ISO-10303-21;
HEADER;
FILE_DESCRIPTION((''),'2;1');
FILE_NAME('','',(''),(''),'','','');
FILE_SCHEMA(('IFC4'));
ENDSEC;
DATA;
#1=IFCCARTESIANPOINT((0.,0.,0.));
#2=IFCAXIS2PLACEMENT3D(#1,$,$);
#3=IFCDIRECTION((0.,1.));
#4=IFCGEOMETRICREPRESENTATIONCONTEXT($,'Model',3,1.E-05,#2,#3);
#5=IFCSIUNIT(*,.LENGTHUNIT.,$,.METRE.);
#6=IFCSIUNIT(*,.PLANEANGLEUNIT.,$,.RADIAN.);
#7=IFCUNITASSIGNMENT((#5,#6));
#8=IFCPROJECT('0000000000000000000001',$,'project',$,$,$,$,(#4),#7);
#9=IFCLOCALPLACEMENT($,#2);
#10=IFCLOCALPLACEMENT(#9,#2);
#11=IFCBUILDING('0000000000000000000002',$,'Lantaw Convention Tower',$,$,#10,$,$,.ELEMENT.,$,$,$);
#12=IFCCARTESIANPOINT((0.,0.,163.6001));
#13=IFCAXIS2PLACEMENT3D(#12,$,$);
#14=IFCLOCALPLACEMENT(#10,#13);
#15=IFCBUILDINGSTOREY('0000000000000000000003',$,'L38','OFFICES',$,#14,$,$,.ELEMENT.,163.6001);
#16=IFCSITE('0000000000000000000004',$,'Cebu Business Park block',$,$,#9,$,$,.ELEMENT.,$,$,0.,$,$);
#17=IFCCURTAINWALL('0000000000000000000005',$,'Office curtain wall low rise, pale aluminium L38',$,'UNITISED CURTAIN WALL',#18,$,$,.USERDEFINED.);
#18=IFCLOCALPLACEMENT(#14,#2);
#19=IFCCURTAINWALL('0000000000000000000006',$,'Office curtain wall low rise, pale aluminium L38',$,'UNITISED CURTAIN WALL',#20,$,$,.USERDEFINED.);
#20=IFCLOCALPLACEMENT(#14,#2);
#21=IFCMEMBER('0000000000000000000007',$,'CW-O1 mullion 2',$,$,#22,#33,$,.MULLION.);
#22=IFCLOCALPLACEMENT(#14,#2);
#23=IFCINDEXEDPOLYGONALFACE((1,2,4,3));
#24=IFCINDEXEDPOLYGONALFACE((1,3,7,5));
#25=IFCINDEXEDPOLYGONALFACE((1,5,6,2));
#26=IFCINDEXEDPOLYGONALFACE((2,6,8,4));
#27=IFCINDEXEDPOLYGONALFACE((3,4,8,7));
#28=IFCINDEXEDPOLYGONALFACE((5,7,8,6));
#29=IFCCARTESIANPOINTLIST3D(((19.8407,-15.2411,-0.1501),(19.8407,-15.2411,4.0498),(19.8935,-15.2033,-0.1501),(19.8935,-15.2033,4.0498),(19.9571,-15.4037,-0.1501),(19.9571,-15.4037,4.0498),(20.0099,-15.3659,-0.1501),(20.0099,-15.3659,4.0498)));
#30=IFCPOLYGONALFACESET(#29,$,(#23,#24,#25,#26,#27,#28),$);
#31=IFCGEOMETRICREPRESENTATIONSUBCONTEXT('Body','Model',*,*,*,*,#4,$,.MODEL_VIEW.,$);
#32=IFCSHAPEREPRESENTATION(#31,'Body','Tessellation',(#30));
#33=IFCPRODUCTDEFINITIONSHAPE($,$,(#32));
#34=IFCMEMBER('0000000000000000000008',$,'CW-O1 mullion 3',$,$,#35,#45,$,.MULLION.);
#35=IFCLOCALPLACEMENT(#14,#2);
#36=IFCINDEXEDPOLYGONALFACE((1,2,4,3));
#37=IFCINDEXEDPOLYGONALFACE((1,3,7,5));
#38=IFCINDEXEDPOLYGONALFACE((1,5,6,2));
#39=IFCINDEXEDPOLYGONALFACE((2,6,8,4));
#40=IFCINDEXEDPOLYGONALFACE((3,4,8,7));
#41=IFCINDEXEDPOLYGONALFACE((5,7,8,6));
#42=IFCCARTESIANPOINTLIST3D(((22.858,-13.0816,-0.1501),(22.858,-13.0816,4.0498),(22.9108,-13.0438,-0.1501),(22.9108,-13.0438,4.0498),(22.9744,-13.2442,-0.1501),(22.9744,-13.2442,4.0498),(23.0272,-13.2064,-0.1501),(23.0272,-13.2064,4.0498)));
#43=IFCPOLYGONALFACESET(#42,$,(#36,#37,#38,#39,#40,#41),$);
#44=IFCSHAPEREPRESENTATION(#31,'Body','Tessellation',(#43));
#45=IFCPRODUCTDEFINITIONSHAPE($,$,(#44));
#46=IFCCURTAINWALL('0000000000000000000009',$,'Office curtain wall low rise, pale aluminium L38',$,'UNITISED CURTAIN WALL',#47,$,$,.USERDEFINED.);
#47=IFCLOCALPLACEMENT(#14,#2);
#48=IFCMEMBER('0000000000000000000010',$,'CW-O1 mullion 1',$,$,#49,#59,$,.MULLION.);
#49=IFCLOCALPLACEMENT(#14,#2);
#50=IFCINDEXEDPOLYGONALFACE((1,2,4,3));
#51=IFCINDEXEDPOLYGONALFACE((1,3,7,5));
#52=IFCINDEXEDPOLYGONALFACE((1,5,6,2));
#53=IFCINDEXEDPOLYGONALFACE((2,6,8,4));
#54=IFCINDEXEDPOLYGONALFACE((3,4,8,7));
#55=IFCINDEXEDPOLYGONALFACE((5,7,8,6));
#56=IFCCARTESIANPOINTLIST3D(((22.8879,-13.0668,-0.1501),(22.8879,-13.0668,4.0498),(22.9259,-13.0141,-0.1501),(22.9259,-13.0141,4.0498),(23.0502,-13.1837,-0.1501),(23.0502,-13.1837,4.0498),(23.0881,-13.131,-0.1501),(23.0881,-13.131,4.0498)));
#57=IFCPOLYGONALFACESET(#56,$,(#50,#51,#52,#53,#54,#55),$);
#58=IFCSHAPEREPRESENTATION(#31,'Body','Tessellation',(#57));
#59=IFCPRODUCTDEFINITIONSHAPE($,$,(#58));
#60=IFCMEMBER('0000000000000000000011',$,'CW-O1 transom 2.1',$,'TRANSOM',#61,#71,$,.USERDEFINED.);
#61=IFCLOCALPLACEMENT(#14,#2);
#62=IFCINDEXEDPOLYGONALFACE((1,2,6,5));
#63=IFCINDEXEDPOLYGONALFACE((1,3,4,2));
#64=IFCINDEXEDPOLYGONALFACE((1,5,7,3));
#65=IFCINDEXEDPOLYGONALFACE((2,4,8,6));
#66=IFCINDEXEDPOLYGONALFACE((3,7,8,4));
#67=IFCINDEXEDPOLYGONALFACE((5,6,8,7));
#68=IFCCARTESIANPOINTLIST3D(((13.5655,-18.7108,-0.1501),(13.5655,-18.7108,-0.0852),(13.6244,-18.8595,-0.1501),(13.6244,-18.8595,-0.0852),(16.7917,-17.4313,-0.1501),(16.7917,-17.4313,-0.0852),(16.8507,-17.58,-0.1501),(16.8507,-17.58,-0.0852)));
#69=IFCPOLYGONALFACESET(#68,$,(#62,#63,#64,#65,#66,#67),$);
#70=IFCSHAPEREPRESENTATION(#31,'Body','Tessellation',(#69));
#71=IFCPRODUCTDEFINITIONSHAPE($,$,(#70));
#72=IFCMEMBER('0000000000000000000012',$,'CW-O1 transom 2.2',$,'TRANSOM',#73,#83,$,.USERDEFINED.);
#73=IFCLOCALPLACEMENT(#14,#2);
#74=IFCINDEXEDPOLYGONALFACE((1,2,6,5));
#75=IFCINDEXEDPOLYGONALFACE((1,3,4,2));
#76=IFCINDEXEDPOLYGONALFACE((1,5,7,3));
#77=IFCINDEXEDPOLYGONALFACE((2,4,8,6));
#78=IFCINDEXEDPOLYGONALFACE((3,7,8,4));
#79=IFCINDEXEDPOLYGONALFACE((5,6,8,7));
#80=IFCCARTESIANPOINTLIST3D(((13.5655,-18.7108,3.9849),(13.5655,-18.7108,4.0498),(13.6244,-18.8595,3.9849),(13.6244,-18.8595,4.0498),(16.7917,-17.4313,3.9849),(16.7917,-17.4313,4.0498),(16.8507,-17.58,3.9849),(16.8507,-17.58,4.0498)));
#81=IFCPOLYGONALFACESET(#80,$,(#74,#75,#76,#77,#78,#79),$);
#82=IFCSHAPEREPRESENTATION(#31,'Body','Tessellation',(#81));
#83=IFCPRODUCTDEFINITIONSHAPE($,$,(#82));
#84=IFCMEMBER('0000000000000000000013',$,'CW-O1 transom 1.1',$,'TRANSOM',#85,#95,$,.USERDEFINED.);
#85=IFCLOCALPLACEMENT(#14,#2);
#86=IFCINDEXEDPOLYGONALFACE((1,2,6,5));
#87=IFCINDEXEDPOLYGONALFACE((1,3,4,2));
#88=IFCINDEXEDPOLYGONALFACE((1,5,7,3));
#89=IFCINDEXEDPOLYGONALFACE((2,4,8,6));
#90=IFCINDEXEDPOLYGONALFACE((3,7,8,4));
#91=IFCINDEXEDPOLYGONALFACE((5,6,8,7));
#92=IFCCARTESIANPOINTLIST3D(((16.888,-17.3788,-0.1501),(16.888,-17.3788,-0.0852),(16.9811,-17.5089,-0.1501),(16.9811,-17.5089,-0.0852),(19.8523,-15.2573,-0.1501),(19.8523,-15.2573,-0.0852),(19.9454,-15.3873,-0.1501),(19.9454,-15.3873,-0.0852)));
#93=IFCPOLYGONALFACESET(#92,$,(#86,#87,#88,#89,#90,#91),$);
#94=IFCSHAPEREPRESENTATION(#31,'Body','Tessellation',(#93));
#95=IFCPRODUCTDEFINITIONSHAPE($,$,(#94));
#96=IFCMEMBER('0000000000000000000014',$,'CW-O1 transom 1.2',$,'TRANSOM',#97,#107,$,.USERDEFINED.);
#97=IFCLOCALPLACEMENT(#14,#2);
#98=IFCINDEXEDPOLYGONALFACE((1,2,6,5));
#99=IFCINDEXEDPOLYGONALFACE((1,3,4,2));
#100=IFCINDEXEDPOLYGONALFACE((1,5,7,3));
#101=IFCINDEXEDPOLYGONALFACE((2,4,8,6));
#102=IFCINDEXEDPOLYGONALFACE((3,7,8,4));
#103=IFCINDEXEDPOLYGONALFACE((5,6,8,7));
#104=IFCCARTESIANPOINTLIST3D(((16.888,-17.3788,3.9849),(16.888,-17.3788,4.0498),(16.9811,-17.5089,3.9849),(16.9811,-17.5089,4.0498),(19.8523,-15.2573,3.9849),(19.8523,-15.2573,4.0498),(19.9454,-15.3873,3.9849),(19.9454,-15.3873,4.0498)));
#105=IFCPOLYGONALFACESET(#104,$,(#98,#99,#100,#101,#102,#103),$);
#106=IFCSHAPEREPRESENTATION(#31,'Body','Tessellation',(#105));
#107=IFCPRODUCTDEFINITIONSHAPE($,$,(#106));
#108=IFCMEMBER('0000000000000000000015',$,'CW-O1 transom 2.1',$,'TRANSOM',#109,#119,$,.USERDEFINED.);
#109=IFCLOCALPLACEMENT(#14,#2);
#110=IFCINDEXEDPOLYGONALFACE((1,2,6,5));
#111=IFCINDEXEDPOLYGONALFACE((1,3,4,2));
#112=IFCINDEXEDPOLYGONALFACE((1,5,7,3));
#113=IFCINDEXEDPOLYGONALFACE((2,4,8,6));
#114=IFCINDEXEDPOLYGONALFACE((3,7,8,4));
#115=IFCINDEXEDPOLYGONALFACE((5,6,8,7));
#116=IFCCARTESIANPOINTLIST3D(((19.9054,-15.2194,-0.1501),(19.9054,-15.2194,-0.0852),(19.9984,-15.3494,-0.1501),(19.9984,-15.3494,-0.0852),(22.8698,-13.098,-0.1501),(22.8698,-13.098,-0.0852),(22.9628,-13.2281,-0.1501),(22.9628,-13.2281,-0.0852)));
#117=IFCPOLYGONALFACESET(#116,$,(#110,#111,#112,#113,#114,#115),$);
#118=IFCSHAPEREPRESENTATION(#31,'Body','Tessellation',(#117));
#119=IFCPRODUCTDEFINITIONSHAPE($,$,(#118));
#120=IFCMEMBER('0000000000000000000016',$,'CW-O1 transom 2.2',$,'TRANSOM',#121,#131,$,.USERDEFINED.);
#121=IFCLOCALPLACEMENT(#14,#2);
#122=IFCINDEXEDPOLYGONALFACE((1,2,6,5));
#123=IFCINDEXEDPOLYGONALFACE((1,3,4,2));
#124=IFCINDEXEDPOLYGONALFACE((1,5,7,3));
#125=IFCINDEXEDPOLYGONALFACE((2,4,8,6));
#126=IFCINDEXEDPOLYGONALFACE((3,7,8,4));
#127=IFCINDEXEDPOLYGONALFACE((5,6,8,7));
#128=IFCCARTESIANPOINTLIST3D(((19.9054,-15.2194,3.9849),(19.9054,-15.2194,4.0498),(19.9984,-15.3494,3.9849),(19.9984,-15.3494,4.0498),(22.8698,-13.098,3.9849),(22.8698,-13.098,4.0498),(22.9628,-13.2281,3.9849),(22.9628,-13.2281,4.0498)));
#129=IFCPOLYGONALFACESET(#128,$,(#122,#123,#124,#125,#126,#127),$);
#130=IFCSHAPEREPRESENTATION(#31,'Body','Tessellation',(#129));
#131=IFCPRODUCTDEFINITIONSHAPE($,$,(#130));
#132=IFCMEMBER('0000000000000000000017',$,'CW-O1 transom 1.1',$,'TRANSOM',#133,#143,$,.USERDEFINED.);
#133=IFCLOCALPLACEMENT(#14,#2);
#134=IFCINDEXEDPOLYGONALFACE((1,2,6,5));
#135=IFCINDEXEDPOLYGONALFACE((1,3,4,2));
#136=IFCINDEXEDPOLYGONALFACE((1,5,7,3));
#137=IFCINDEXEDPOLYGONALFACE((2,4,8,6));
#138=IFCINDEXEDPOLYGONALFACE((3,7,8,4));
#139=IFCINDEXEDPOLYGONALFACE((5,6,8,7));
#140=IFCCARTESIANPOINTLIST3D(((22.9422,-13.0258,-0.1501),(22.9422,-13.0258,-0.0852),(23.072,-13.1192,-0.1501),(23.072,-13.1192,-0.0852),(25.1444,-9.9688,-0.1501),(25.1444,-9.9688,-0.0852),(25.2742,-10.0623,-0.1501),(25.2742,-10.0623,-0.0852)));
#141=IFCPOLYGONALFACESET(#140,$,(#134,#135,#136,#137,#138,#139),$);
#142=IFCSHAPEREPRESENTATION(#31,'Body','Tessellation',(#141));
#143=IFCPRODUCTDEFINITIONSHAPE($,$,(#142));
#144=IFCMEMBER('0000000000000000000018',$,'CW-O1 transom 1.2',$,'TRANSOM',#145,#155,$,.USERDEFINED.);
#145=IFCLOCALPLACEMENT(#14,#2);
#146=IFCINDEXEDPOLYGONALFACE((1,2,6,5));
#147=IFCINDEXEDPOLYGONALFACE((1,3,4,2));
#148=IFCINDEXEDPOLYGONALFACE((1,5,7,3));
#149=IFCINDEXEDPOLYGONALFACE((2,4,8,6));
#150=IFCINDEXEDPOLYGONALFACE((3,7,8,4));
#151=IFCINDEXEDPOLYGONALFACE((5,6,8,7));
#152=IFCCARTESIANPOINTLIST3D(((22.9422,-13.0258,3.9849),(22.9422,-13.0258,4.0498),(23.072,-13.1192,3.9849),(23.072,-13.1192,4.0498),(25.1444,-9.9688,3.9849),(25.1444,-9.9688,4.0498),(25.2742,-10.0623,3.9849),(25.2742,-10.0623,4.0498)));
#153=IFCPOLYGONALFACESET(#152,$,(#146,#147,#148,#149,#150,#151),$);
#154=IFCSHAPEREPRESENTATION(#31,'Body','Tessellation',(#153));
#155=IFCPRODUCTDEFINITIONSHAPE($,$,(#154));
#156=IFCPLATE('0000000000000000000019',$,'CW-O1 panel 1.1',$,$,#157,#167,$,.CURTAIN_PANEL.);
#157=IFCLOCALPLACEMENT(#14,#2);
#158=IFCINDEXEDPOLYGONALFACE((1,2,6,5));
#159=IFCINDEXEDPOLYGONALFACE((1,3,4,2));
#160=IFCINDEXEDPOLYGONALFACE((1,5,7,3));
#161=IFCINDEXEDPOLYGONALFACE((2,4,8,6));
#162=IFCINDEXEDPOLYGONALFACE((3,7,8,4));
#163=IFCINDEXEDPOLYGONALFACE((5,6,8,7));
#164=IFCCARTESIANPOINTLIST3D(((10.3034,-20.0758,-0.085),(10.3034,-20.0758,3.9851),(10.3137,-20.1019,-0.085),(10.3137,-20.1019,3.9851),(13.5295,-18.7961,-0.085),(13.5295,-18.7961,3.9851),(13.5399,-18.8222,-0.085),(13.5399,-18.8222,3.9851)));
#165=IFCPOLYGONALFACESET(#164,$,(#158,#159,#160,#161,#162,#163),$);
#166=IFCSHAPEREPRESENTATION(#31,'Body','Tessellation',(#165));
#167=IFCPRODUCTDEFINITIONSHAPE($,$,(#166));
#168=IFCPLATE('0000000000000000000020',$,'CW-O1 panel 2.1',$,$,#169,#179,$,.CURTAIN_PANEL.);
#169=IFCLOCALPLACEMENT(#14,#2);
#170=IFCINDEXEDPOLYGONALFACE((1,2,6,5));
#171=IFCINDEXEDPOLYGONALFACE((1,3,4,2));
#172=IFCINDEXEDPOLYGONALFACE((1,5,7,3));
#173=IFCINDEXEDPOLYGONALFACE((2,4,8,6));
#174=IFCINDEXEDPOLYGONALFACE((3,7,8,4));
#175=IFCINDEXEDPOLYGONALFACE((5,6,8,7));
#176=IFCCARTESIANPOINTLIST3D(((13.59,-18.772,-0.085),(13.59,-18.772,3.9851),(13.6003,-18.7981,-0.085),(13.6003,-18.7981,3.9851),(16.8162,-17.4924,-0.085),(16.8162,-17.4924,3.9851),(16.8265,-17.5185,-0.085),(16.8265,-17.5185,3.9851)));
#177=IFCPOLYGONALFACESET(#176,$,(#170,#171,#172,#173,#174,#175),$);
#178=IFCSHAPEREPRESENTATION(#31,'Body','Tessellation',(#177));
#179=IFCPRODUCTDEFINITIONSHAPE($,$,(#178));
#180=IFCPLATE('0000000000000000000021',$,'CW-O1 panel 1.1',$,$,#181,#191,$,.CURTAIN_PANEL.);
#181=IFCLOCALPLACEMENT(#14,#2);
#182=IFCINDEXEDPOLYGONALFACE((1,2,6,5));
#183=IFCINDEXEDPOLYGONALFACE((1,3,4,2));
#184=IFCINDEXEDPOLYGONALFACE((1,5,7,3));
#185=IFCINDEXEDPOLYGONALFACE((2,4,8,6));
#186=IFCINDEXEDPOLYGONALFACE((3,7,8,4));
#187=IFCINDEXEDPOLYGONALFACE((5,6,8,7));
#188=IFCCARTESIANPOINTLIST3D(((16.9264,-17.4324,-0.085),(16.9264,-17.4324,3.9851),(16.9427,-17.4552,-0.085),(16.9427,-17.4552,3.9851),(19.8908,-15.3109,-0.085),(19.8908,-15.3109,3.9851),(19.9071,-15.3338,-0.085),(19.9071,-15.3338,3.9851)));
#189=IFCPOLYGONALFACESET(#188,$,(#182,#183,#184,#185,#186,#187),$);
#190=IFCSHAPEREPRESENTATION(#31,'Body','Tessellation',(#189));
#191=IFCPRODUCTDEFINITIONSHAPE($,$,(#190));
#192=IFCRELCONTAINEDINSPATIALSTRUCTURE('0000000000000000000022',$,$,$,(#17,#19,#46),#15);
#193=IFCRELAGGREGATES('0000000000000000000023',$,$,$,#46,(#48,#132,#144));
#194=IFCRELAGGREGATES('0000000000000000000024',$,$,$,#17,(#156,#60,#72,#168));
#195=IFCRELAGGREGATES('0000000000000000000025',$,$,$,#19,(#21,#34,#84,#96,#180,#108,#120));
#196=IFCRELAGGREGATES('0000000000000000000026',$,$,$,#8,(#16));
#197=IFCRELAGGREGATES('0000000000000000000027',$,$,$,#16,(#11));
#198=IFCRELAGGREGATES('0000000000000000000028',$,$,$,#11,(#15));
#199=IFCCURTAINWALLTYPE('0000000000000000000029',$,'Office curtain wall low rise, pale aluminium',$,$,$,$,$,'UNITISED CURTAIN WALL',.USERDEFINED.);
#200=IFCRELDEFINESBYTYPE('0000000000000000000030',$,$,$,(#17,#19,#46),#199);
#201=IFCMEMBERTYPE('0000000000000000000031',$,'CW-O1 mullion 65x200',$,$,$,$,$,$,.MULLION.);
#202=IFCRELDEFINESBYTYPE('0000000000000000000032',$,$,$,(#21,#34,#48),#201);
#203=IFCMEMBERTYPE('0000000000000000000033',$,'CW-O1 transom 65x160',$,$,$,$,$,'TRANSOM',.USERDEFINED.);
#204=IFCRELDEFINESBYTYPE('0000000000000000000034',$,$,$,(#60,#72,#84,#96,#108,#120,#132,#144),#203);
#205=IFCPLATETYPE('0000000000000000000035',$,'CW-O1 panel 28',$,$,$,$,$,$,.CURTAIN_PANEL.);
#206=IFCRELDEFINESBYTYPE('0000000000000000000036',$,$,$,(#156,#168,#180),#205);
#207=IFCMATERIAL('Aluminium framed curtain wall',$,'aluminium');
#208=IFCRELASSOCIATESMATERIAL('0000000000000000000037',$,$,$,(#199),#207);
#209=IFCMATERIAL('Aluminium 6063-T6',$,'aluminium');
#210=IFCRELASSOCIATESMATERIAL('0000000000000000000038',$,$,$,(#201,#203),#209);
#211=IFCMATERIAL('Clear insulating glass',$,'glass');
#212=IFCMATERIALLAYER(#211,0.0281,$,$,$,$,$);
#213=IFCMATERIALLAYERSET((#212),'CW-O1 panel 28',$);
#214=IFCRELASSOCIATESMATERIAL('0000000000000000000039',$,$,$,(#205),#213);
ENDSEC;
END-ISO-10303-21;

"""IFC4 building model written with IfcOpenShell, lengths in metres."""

from ifc_helpers import new_model, si_unit, direction, frame, origin, origin_2d, place, context, subcontext, project, spatial, rectangle, extrude, material, layer, layer_set, material_profile, profile_set, type_object, element, aggregate, save


model = new_model("IFC4")

# Units and contexts
model_context = context("Model", 3, precision=1e-05, world=origin(), true_north=direction((0.0, 1.0)))
body_context = subcontext(model_context, "Body", "Model", "MODEL_VIEW")
ifc_project = project(units=[si_unit("LENGTHUNIT", "METRE"), si_unit("PLANEANGLEUNIT", "RADIAN")], contexts=[model_context])

# Site, building, storey
site_placement = place(None, origin())
site = spatial("IfcSite", under=ifc_project, at=site_placement, Name="Cebu Business Park block", CompositionType="ELEMENT", RefElevation=0.0)
building_placement = place(site_placement, origin())
building = spatial("IfcBuilding", under=site, at=building_placement, Name="Lantaw Convention Tower", CompositionType="ELEMENT")
storey_placement = place(building_placement, frame((0.0, 0.0, 163.6001)))
storey = spatial("IfcBuildingStorey", under=building, at=storey_placement, Name="L38", Description="OFFICES", CompositionType="ELEMENT", Elevation=163.6001)

# Curtain walls, members
ifc_material_1 = material(Name="Aluminium framed curtain wall", Category="aluminium")
curtain_wall_type = type_object("IfcCurtainWallType", Name="Office curtain wall low rise, pale aluminium", ElementType="UNITISED CURTAIN WALL", PredefinedType="USERDEFINED", material=ifc_material_1)
curtain_wall_1_placement = place(storey_placement, origin())
curtain_wall_1 = element("IfcCurtainWall", 1, at=curtain_wall_1_placement, inside=storey, type_object=curtain_wall_type, Name="Office curtain wall low rise, pale aluminium L38", ObjectType="UNITISED CURTAIN WALL", PredefinedType="USERDEFINED")
ifc_material_2 = material(Name="Aluminium 6063-T6", Category="aluminium")
ifc_material_profile_1 = material_profile(ifc_material_2, rectangle(XDim=0.2, YDim=0.0649, at=origin_2d()), Name="CW-O1 mullion 65x200")
ifc_profile_set_1 = profile_set([ifc_material_profile_1], Name="Aluminium 6063-T6")
member_type_1 = type_object("IfcMemberType", Name="CW-O1 mullion 65x200", PredefinedType="MULLION", material=ifc_profile_set_1)
curtain_wall_2_placement = place(storey_placement, origin())
curtain_wall_2 = element("IfcCurtainWall", 2, at=curtain_wall_2_placement, inside=storey, type_object=curtain_wall_type, Name="Office curtain wall low rise, pale aluminium L38", ObjectType="UNITISED CURTAIN WALL", PredefinedType="USERDEFINED")
member_1_placement = place(storey_placement, frame((19.9253, -15.3035, -0.1501), z_axis=(0.0, 0.0, 1.0), x_axis=(-0.581973, 0.813208, 0.0)))
member_1 = element("IfcMember", 3, at=member_1_placement, type_object=member_type_1, Name="CW-O1 mullion 2", PredefinedType="MULLION", context=body_context, shape_type="SweptSolid", body=[
    extrude(rectangle(XDim=0.2, YDim=0.0649, at=origin_2d()), origin(), (0.0, 0.0, 1.0), 4.2),
])
member_2_placement = place(storey_placement, frame((22.9426, -13.144, -0.1501), z_axis=(0.0, 0.0, 1.0), x_axis=(-0.581973, 0.813208, 0.0)))
member_2 = element("IfcMember", 4, at=member_2_placement, type_object=member_type_1, Name="CW-O1 mullion 3", PredefinedType="MULLION", context=body_context, shape_type="SweptSolid", body=[
    extrude(rectangle(XDim=0.2, YDim=0.0649, at=origin_2d()), origin(), (0.0, 0.0, 1.0), 4.2),
])

# Curtain wall, member
curtain_wall_3_placement = place(storey_placement, origin())
curtain_wall_3 = element("IfcCurtainWall", 5, at=curtain_wall_3_placement, inside=storey, type_object=curtain_wall_type, Name="Office curtain wall low rise, pale aluminium L38", ObjectType="UNITISED CURTAIN WALL", PredefinedType="USERDEFINED")
member_3_placement = place(storey_placement, frame((22.988, -13.0989, -0.1501), z_axis=(0.0, 0.0, 1.0), x_axis=(-0.811385, 0.584513, 0.0)))
member_3 = element("IfcMember", 6, at=member_3_placement, type_object=member_type_1, Name="CW-O1 mullion 1", PredefinedType="MULLION", context=body_context, shape_type="SweptSolid", body=[
    extrude(rectangle(XDim=0.2, YDim=0.0649, at=origin_2d()), origin(), (0.0, 0.0, 1.0), 4.2),
])

# Members
ifc_material_profile_2 = material_profile(ifc_material_2, rectangle(XDim=0.1599, YDim=0.0649, at=origin_2d()), Name="CW-O1 transom 65x160")
ifc_profile_set_2 = profile_set([ifc_material_profile_2], Name="Aluminium 6063-T6")
member_type_2 = type_object("IfcMemberType", Name="CW-O1 transom 65x160", ElementType="TRANSOM", PredefinedType="USERDEFINED", material=ifc_profile_set_2)
member_4_placement = place(storey_placement, frame((13.595, -18.7852, -0.1177), z_axis=(0.929564, 0.36866, 0.0), x_axis=(-0.36866, 0.929564, 0.0)))
member_4 = element("IfcMember", 7, at=member_4_placement, type_object=member_type_2, Name="CW-O1 transom 2.1", ObjectType="TRANSOM", PredefinedType="USERDEFINED", context=body_context, shape_type="SweptSolid", body=[
    extrude(rectangle(XDim=0.1599, YDim=0.0649, at=origin_2d()), origin(), (0.0, 0.0, 1.0), 3.4707),
])
member_5_placement = place(storey_placement, frame((13.595, -18.7852, 4.0173), z_axis=(0.929564, 0.36866, 0.0), x_axis=(-0.36866, 0.929564, 0.0)))
member_5 = element("IfcMember", 8, at=member_5_placement, type_object=member_type_2, Name="CW-O1 transom 2.2", ObjectType="TRANSOM", PredefinedType="USERDEFINED", context=body_context, shape_type="SweptSolid", body=[
    extrude(rectangle(XDim=0.1599, YDim=0.0649, at=origin_2d()), origin(), (0.0, 0.0, 1.0), 3.4707),
])
member_6_placement = place(storey_placement, frame((16.9346, -17.4438, -0.1177), z_axis=(0.81319, 0.581998, 0.0), x_axis=(-0.581998, 0.81319, 0.0)))
member_6 = element("IfcMember", 9, at=member_6_placement, type_object=member_type_2, Name="CW-O1 transom 1.1", ObjectType="TRANSOM", PredefinedType="USERDEFINED", context=body_context, shape_type="SweptSolid", body=[
    extrude(rectangle(XDim=0.1599, YDim=0.0649, at=origin_2d()), origin(), (0.0, 0.0, 1.0), 3.6453),
])
member_7_placement = place(storey_placement, frame((16.9346, -17.4438, 4.0173), z_axis=(0.81319, 0.581998, 0.0), x_axis=(-0.581998, 0.81319, 0.0)))
member_7 = element("IfcMember", 10, at=member_7_placement, type_object=member_type_2, Name="CW-O1 transom 1.2", ObjectType="TRANSOM", PredefinedType="USERDEFINED", context=body_context, shape_type="SweptSolid", body=[
    extrude(rectangle(XDim=0.1599, YDim=0.0649, at=origin_2d()), origin(), (0.0, 0.0, 1.0), 3.6453),
])
member_8_placement = place(storey_placement, frame((19.9519, -15.2844, -0.1177), z_axis=(0.813222, 0.581954, 0.0), x_axis=(-0.581954, 0.813222, 0.0)))
member_8 = element("IfcMember", 11, at=member_8_placement, type_object=member_type_2, Name="CW-O1 transom 2.1", ObjectType="TRANSOM", PredefinedType="USERDEFINED", context=body_context, shape_type="SweptSolid", body=[
    extrude(rectangle(XDim=0.1599, YDim=0.0649, at=origin_2d()), origin(), (0.0, 0.0, 1.0), 3.6453),
])
member_9_placement = place(storey_placement, frame((19.9519, -15.2844, 4.0173), z_axis=(0.813222, 0.581954, 0.0), x_axis=(-0.581954, 0.813222, 0.0)))
member_9 = element("IfcMember", 12, at=member_9_placement, type_object=member_type_2, Name="CW-O1 transom 2.2", ObjectType="TRANSOM", PredefinedType="USERDEFINED", context=body_context, shape_type="SweptSolid", body=[
    extrude(rectangle(XDim=0.1599, YDim=0.0649, at=origin_2d()), origin(), (0.0, 0.0, 1.0), 3.6453),
])
member_10_placement = place(storey_placement, frame((23.0071, -13.0725, -0.1177), z_axis=(0.584513, 0.811384, 0.0), x_axis=(-0.811384, 0.584513, 0.0)))
member_10 = element("IfcMember", 13, at=member_10_placement, type_object=member_type_2, Name="CW-O1 transom 1.1", ObjectType="TRANSOM", PredefinedType="USERDEFINED", context=body_context, shape_type="SweptSolid", body=[
    extrude(rectangle(XDim=0.1599, YDim=0.0649, at=origin_2d()), origin(), (0.0, 0.0, 1.0), 3.7676),
])
member_11_placement = place(storey_placement, frame((23.0071, -13.0725, 4.0173), z_axis=(0.584513, 0.811384, 0.0), x_axis=(-0.811384, 0.584513, 0.0)))
member_11 = element("IfcMember", 14, at=member_11_placement, type_object=member_type_2, Name="CW-O1 transom 1.2", ObjectType="TRANSOM", PredefinedType="USERDEFINED", context=body_context, shape_type="SweptSolid", body=[
    extrude(rectangle(XDim=0.1599, YDim=0.0649, at=origin_2d()), origin(), (0.0, 0.0, 1.0), 3.7676),
])
aggregate(curtain_wall_3, [member_3, member_10, member_11])

# Plates
ifc_material_3 = material(Name="Clear insulating glass", Category="glass")
ifc_layer_1 = layer(ifc_material_3, 0.0281)
ifc_layer_set_1 = layer_set([ifc_layer_1], Name="CW-O1 panel 28")
plate_type_1 = type_object("IfcPlateType", Name="CW-O1 panel 28", PredefinedType="CURTAIN_PANEL", material=ifc_layer_set_1)
plate_1_placement = place(storey_placement, frame((11.9216, -19.449, -0.085), z_axis=(0.0, 0.0, 1.0), x_axis=(0.929548, 0.368702, 0.0)))
plate_1 = element("IfcPlate", 15, at=plate_1_placement, type_object=plate_type_1, Name="CW-O1 panel 1.1", PredefinedType="CURTAIN_PANEL", context=body_context, shape_type="SweptSolid", body=[
    extrude(rectangle(XDim=3.4707, YDim=0.0281, at=origin_2d()), origin(), (0.0, 0.0, 1.0), 4.0701),
])
plate_2_placement = place(storey_placement, frame((15.2083, -18.1453, -0.085), z_axis=(0.0, 0.0, 1.0), x_axis=(0.929548, 0.368702, 0.0)))
plate_2 = element("IfcPlate", 16, at=plate_2_placement, type_object=plate_type_1, Name="CW-O1 panel 2.1", PredefinedType="CURTAIN_PANEL", context=body_context, shape_type="SweptSolid", body=[
    extrude(rectangle(XDim=3.4707, YDim=0.0281, at=origin_2d()), origin(), (0.0, 0.0, 1.0), 4.0701),
])
aggregate(curtain_wall_1, [plate_1, member_4, member_5, plate_2])
plate_3_placement = place(storey_placement, frame((18.4167, -16.3831, -0.085), z_axis=(0.0, 0.0, 1.0), x_axis=(0.813208, 0.581973, 0.0)))
plate_3 = element("IfcPlate", 17, at=plate_3_placement, type_object=plate_type_1, Name="CW-O1 panel 1.1", PredefinedType="CURTAIN_PANEL", context=body_context, shape_type="SweptSolid", body=[
    extrude(rectangle(XDim=3.6453, YDim=0.0281, at=origin_2d()), origin(), (0.0, 0.0, 1.0), 4.0701),
])
aggregate(curtain_wall_2, [member_1, member_2, member_6, member_7, plate_3, member_8, member_9])

save(model, "model.ifc")
